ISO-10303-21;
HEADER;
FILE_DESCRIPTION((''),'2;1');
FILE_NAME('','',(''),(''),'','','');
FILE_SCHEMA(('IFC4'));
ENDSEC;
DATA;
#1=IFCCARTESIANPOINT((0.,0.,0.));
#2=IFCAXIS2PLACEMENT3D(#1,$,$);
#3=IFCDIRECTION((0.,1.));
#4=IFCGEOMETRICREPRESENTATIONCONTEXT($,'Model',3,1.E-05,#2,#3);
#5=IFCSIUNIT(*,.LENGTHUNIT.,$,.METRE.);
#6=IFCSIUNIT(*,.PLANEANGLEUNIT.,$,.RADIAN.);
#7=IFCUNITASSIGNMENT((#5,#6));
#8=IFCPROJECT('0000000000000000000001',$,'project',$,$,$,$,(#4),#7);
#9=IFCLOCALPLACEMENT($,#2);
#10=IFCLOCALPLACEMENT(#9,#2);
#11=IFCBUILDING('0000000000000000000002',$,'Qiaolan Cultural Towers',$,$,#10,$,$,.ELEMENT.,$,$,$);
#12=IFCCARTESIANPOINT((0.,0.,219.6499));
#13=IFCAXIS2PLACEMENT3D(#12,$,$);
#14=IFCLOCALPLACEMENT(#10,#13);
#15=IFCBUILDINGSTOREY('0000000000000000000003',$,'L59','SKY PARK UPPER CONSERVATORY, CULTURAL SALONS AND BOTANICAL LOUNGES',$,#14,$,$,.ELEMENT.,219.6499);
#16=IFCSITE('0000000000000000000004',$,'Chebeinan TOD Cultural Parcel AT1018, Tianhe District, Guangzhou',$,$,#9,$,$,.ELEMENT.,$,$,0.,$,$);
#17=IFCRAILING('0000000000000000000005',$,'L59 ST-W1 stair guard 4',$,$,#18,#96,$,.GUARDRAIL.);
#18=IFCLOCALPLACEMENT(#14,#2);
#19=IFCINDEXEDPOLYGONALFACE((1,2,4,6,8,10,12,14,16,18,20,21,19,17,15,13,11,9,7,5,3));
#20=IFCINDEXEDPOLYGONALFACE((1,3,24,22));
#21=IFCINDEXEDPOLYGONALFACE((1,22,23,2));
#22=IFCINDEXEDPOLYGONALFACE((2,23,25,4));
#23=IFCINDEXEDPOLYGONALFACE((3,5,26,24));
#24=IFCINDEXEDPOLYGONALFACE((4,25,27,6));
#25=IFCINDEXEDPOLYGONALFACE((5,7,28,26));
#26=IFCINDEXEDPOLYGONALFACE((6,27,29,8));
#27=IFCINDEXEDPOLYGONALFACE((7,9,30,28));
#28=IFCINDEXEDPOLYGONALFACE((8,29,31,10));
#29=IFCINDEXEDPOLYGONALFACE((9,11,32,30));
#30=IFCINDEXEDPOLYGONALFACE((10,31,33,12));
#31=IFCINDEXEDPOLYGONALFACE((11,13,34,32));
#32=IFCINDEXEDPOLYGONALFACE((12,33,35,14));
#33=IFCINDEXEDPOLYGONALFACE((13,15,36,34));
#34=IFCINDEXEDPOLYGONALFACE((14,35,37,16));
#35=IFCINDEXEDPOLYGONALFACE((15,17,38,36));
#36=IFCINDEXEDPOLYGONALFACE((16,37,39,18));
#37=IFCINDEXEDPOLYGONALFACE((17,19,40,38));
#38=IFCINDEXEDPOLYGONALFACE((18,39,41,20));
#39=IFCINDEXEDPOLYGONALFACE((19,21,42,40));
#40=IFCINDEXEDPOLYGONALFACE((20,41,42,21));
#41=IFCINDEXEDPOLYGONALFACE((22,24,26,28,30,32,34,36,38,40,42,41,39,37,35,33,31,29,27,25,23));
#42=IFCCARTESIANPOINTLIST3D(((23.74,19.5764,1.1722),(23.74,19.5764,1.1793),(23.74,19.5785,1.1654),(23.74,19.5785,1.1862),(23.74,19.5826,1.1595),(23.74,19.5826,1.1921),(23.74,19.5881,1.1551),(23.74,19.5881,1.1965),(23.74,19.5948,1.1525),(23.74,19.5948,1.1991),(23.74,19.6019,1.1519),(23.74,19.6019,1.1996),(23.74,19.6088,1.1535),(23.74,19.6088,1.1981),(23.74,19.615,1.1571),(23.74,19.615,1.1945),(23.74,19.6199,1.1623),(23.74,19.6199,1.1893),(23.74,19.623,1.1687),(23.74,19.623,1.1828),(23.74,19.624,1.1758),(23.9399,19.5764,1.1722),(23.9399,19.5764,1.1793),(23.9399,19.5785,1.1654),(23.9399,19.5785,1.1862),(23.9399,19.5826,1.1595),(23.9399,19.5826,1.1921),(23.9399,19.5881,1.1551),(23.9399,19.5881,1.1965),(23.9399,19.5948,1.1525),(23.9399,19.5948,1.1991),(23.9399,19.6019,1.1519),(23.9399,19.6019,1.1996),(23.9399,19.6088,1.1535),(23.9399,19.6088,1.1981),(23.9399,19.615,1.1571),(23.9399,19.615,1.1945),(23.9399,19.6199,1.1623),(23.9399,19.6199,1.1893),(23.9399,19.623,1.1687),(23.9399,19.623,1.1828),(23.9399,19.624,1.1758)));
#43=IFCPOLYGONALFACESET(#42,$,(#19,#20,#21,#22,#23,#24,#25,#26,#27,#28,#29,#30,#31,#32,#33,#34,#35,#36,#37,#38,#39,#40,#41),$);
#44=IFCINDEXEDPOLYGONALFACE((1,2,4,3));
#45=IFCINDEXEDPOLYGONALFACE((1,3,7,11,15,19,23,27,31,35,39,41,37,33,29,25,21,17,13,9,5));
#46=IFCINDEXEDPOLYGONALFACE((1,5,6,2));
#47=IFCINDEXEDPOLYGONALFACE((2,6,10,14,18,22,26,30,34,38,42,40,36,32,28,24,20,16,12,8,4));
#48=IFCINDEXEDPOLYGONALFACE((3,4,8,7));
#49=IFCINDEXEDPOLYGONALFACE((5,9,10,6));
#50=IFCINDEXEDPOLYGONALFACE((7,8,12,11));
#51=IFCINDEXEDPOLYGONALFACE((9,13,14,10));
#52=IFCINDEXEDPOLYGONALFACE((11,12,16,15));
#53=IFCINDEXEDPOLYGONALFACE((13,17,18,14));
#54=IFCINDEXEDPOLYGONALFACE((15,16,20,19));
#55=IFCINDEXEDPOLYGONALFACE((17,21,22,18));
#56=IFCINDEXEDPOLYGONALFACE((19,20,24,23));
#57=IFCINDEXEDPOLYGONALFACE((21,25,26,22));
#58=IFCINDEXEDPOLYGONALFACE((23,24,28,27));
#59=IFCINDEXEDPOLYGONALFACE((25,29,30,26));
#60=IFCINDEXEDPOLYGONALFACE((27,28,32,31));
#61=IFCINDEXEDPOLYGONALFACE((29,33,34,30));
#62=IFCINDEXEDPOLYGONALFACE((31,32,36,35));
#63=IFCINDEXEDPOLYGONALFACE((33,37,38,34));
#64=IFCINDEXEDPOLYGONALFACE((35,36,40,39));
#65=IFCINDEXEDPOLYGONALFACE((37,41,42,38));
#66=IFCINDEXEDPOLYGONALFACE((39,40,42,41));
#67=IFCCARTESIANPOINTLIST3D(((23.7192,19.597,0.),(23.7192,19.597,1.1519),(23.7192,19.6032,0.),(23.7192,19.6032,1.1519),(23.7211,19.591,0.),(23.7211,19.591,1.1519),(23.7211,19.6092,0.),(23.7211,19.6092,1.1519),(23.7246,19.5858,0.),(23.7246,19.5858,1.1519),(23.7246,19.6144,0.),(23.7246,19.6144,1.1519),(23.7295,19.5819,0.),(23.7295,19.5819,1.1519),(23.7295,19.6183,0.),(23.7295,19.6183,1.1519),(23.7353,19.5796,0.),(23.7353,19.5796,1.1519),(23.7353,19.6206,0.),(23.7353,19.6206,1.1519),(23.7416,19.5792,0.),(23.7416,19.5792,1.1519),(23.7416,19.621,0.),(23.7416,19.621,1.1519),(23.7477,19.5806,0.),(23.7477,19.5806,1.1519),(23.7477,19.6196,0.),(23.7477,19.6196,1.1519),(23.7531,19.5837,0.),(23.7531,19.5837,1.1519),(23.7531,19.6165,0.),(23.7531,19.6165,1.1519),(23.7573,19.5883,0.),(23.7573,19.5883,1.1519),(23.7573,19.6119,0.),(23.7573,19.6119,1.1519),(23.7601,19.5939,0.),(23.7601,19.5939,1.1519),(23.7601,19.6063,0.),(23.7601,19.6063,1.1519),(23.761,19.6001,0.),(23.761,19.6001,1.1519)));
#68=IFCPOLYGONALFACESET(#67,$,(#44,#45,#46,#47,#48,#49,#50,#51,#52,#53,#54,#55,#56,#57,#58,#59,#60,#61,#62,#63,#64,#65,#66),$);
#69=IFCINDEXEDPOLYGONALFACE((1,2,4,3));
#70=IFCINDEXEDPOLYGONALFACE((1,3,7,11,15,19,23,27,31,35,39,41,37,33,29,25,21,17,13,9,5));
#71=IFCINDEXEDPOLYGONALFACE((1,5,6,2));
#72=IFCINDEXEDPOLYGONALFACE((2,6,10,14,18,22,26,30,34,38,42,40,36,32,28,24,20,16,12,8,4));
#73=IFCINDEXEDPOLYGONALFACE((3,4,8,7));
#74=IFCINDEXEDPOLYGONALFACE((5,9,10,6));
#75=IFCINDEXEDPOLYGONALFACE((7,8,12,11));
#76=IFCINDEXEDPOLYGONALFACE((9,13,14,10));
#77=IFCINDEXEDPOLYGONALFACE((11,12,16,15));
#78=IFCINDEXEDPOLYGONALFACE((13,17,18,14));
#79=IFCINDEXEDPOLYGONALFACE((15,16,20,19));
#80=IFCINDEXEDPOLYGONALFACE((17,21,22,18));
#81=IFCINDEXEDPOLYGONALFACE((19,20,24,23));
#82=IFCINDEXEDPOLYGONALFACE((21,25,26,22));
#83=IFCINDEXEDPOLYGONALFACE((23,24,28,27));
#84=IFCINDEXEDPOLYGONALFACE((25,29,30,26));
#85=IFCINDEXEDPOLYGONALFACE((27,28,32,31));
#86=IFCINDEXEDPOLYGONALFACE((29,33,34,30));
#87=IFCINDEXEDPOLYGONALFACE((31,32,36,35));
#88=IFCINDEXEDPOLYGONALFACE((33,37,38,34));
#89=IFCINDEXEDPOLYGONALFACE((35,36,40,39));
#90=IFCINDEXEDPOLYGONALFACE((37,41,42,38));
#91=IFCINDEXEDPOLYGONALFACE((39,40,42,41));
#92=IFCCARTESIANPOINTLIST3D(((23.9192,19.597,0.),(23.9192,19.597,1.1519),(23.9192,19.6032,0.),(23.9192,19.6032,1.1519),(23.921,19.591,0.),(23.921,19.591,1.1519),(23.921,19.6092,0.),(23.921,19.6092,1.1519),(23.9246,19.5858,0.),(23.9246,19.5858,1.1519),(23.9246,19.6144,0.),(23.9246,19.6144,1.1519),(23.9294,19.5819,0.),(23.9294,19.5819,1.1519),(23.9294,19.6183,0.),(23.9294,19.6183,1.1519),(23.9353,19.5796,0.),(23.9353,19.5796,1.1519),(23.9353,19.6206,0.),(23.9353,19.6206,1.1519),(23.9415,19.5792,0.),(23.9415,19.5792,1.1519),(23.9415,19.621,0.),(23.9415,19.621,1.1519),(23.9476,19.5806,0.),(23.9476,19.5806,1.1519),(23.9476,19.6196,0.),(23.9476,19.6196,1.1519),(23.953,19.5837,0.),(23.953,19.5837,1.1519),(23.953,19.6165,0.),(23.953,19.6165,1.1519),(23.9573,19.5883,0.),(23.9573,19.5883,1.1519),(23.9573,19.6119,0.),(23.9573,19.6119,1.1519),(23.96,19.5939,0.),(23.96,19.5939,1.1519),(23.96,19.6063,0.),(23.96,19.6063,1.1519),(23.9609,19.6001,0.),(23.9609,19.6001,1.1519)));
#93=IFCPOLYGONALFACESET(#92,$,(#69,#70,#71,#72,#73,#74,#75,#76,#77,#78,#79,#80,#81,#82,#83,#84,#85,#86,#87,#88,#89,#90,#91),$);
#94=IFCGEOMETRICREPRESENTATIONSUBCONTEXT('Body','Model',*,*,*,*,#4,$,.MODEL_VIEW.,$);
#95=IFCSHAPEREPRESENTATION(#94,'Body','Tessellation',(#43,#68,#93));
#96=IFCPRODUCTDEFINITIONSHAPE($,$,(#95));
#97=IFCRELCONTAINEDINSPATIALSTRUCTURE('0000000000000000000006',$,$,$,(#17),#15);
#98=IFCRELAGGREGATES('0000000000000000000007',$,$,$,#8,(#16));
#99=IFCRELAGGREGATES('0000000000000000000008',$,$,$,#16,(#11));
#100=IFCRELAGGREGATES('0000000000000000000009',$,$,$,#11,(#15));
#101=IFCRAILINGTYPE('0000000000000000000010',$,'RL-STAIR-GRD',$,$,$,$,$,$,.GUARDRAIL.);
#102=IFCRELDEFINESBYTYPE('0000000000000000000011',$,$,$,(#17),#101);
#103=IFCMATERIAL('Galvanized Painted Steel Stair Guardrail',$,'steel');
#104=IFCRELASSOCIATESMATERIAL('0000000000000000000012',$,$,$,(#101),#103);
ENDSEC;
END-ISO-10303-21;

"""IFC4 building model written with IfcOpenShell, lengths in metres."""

from ifc_helpers import new_model, si_unit, direction, frame, origin, origin_2d, place, context, subcontext, project, spatial, circle, extrude, material, type_object, element, save


model = new_model("IFC4")

# Units and contexts
model_context = context("Model", 3, precision=1e-05, world=origin(), true_north=direction((0.0, 1.0)))
body_context = subcontext(model_context, "Body", "Model", "MODEL_VIEW")
ifc_project = project(units=[si_unit("LENGTHUNIT", "METRE"), si_unit("PLANEANGLEUNIT", "RADIAN")], contexts=[model_context])

# Site, building, storey
site_placement = place(None, origin())
site = spatial("IfcSite", under=ifc_project, at=site_placement, Name="Chebeinan TOD Cultural Parcel AT1018, Tianhe District, Guangzhou", CompositionType="ELEMENT", RefElevation=0.0)
building_placement = place(site_placement, origin())
building = spatial("IfcBuilding", under=site, at=building_placement, Name="Qiaolan Cultural Towers", CompositionType="ELEMENT")
storey_placement = place(building_placement, frame((0.0, 0.0, 219.6499)))
storey = spatial("IfcBuildingStorey", under=building, at=storey_placement, Name="L59", Description="SKY PARK UPPER CONSERVATORY, CULTURAL SALONS AND BOTANICAL LOUNGES", CompositionType="ELEMENT", Elevation=219.6499)

# Railing
ifc_material_1 = material(Name="Galvanized Painted Steel Stair Guardrail", Category="steel")
railing_type_1 = type_object("IfcRailingType", Name="RL-STAIR-GRD", PredefinedType="GUARDRAIL", material=ifc_material_1)
railing_1_placement = place(storey_placement, frame((23.74, 19.6001, 0.0)))
element("IfcRailing", 1, at=railing_1_placement, inside=storey, type_object=railing_type_1, Name="L59 ST-W1 stair guard 4", PredefinedType="GUARDRAIL", context=body_context, shape_type="SweptSolid", body=[
    extrude(circle(Radius=0.0239, at=origin_2d()), frame((0.0, 0.0, 1.1758), z_axis=(1.0, 0.0, 0.0), x_axis=(0.0, 1.0, 0.0)), (0.0, 0.0, 1.0), 0.2),
    extrude(circle(Radius=0.021, at=origin_2d()), origin(), (0.0, 0.0, 1.0), 1.1519),
    extrude(circle(Radius=0.021, at=origin_2d()), frame((0.2, 0.0, 0.0)), (0.0, 0.0, 1.0), 1.1519),
])

save(model, "model.ifc")
